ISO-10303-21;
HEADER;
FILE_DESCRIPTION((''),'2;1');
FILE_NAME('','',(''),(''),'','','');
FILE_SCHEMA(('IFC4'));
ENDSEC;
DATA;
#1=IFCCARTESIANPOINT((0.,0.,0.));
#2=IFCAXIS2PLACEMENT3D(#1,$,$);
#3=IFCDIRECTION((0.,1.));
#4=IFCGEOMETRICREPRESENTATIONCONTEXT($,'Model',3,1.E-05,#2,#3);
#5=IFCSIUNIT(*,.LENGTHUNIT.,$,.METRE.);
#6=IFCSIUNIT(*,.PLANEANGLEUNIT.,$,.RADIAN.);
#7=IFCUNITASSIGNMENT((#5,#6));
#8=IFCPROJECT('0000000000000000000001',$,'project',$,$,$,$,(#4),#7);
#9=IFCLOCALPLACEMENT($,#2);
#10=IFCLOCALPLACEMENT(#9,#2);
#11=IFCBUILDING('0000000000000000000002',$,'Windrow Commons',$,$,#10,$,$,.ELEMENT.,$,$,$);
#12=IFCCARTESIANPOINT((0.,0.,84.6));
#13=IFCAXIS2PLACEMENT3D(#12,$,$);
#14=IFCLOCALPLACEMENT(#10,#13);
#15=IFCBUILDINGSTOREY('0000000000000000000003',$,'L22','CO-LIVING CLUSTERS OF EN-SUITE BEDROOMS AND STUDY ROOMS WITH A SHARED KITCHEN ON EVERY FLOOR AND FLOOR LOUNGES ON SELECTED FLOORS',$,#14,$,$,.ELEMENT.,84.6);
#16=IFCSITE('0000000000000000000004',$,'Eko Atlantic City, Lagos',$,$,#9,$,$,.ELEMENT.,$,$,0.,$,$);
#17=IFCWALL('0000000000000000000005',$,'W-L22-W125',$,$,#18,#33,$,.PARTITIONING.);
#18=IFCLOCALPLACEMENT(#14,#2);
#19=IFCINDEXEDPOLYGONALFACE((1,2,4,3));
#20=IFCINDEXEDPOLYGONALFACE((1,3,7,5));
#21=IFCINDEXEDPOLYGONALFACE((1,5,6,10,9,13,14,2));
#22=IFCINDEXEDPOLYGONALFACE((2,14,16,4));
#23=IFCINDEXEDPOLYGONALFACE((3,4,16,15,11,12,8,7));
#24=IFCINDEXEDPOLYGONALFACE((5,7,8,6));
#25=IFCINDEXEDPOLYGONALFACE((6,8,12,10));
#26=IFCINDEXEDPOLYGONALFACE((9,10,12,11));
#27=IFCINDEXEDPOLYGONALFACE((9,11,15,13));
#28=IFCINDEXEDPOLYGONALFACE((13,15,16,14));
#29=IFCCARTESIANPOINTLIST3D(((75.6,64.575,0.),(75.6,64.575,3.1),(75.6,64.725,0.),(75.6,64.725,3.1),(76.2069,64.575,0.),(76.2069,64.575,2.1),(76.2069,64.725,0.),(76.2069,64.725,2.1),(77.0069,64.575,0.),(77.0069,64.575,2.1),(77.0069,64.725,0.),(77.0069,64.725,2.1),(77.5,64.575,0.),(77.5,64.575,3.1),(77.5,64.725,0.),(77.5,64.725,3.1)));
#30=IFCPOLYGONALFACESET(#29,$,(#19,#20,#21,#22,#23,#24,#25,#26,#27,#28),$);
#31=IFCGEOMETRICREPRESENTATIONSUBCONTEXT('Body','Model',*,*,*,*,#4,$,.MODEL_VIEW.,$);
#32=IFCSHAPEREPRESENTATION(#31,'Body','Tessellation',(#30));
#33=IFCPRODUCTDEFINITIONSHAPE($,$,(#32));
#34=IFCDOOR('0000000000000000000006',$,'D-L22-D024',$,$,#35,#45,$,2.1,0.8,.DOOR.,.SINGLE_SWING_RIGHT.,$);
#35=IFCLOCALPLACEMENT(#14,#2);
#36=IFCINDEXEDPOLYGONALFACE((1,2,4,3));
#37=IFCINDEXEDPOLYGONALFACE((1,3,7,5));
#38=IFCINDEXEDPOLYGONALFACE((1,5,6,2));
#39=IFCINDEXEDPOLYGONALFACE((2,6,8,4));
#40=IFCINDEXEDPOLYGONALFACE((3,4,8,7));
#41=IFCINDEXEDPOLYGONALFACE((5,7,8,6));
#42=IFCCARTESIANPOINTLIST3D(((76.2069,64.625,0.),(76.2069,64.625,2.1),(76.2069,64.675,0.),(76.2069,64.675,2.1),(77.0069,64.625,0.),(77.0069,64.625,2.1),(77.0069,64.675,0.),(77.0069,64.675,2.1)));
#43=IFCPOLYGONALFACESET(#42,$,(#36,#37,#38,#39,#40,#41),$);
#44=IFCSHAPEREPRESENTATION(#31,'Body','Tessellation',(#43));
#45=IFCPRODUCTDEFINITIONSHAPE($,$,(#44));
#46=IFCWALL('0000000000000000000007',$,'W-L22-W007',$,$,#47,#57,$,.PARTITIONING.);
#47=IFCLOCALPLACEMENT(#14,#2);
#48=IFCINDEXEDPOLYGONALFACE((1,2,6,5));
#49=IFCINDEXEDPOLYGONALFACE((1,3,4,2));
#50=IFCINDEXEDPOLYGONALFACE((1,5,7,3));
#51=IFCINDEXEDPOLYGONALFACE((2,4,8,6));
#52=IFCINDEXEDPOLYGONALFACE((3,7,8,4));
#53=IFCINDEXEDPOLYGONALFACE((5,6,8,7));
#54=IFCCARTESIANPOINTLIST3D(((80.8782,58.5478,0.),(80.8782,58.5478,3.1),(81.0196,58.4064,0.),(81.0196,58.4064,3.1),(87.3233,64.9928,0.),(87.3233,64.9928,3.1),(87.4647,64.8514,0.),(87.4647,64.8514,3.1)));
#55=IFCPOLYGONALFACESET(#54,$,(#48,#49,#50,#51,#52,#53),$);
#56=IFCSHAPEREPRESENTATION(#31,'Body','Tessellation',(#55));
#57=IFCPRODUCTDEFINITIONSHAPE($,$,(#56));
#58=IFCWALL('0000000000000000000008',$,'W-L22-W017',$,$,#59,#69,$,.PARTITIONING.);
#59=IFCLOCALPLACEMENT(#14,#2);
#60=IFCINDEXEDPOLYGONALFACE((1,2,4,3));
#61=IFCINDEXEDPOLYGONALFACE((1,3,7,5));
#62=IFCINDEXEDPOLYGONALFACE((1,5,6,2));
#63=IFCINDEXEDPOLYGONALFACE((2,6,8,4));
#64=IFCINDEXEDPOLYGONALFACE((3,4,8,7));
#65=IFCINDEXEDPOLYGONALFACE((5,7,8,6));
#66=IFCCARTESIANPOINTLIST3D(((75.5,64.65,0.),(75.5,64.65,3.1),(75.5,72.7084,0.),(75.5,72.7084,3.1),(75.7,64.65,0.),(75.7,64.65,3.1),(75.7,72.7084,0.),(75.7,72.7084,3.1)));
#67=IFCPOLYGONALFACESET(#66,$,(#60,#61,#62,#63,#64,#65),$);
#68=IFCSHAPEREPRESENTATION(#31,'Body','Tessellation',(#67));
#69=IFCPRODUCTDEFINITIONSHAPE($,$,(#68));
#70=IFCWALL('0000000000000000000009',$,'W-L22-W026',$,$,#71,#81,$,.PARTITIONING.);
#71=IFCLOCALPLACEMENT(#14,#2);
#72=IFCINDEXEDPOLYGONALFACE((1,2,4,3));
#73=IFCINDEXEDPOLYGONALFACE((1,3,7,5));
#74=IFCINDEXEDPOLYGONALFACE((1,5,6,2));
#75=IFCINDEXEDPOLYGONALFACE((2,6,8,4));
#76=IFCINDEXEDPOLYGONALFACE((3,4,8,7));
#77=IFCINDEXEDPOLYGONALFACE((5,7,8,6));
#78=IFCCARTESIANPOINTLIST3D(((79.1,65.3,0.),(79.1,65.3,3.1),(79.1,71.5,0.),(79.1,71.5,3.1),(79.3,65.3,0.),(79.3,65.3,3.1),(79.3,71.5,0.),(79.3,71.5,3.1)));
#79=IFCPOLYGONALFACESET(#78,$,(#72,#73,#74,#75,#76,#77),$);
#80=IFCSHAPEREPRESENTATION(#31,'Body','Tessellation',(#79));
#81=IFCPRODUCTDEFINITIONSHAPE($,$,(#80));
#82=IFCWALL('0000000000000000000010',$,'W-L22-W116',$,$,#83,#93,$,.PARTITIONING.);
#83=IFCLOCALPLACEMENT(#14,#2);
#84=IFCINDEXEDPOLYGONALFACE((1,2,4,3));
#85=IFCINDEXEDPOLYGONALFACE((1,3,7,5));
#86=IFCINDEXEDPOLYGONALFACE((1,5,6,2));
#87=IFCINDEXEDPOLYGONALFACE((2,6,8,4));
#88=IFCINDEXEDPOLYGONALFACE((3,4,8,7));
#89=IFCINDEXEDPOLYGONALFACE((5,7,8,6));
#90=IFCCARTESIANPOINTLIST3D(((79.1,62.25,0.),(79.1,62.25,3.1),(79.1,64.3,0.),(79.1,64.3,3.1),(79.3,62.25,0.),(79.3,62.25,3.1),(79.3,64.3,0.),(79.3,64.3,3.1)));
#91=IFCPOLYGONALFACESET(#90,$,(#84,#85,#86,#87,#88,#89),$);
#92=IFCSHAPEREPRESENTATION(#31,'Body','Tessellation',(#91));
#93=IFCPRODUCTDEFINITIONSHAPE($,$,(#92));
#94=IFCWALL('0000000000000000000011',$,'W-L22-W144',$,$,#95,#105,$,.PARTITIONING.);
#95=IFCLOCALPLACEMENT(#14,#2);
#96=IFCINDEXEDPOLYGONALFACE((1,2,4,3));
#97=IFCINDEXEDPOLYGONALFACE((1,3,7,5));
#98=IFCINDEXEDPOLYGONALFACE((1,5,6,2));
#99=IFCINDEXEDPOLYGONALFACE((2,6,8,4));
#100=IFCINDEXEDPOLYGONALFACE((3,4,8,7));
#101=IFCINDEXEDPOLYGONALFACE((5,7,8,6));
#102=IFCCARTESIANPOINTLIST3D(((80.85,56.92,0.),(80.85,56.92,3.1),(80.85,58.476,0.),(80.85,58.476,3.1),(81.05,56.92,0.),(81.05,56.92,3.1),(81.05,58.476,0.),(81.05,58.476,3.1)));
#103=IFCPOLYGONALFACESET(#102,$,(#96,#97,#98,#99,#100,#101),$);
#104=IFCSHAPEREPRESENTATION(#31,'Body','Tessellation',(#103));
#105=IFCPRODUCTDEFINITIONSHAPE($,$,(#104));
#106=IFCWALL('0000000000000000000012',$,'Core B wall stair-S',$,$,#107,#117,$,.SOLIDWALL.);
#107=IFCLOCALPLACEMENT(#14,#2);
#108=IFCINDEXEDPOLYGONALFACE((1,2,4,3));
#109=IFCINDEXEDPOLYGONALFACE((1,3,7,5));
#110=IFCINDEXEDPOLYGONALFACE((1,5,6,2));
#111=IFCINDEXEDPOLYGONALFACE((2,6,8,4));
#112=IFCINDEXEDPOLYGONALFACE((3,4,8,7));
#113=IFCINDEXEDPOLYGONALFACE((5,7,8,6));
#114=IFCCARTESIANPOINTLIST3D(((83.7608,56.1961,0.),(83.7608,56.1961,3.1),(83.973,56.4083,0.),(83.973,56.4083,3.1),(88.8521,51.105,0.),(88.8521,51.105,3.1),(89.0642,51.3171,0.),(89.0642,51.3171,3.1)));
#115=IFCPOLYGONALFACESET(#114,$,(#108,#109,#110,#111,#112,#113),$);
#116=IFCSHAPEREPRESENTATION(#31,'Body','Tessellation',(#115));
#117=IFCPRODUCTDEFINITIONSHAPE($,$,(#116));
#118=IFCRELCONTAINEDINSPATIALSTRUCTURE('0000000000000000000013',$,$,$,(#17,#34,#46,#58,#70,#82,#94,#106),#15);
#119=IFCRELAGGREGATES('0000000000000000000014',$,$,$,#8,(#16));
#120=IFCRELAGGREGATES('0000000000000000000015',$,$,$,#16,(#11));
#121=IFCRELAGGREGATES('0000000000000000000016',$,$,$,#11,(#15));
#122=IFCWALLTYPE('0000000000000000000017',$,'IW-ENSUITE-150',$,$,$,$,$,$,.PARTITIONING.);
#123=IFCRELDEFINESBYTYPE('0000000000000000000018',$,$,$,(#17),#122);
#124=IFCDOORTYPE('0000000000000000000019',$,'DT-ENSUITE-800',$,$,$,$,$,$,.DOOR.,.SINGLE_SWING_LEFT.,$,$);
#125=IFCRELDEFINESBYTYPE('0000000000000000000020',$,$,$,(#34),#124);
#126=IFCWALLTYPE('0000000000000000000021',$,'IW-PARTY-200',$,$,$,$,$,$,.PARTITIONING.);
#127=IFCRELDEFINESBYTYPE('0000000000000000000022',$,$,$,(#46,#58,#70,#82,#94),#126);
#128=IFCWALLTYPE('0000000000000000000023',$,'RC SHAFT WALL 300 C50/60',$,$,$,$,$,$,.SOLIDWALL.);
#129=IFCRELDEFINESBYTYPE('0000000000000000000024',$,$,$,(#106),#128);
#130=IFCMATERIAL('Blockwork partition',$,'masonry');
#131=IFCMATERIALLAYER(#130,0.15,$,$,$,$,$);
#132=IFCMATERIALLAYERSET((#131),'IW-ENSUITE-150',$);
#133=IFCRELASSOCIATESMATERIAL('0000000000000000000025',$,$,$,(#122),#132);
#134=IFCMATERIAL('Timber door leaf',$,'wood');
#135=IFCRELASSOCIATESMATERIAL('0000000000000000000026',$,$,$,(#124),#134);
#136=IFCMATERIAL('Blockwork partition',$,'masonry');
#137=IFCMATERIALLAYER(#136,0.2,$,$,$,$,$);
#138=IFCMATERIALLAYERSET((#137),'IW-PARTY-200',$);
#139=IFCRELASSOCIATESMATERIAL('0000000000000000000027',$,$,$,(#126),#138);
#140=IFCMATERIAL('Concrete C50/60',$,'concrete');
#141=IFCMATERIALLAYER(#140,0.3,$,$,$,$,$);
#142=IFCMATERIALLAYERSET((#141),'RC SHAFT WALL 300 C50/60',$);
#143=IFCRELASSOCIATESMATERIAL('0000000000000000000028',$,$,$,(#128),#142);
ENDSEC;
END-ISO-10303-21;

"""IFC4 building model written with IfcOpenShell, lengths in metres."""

from ifc_helpers import new_model, si_unit, direction, frame, frame_2d, origin, place, context, subcontext, project, spatial, rectangle, extrude, material, layer, layer_set, type_object, element, fill, save


model = new_model("IFC4")

# Units and contexts
model_context = context("Model", 3, precision=1e-05, world=origin(), true_north=direction((0.0, 1.0)))
body_context = subcontext(model_context, "Body", "Model", "MODEL_VIEW")
ifc_project = project(units=[si_unit("LENGTHUNIT", "METRE"), si_unit("PLANEANGLEUNIT", "RADIAN")], contexts=[model_context])

# Site, building, storey
site_placement = place(None, origin())
site = spatial("IfcSite", under=ifc_project, at=site_placement, Name="Eko Atlantic City, Lagos", CompositionType="ELEMENT", RefElevation=0.0)
building_placement = place(site_placement, origin())
building = spatial("IfcBuilding", under=site, at=building_placement, Name="Windrow Commons", CompositionType="ELEMENT")
storey_placement = place(building_placement, frame((0.0, 0.0, 84.6)))
storey = spatial("IfcBuildingStorey", under=building, at=storey_placement, Name="L22", Description="CO-LIVING CLUSTERS OF EN-SUITE BEDROOMS AND STUDY ROOMS WITH A SHARED KITCHEN ON EVERY FLOOR AND FLOOR LOUNGES ON SELECTED FLOORS", CompositionType="ELEMENT", Elevation=84.6)

# Shared definitions
ifc_material_1 = material(Name="Blockwork partition", Category="masonry")
ifc_layer_1 = layer(ifc_material_1, 0.15)
ifc_layer_set_1 = layer_set([ifc_layer_1], Name="IW-ENSUITE-150")
wall_type_1 = type_object("IfcWallType", Name="IW-ENSUITE-150", PredefinedType="PARTITIONING", material=ifc_layer_set_1)

# Wall, opening, door
wall_1_placement = place(storey_placement, frame((75.6, 64.65, 0.0), z_axis=(0.0, 0.0, 1.0), x_axis=(1.0, 0.0, 0.0)))
wall_1 = element("IfcWall", 1, at=wall_1_placement, inside=storey, type_object=wall_type_1, Name="W-L22-W125", PredefinedType="PARTITIONING", context=body_context, shape_type="SweptSolid", body=[
    extrude(rectangle(XDim=1.9, YDim=0.15, at=frame_2d((0.95, 0.0))), origin(), (0.0, 0.0, 1.0), 3.1),
])
opening_1_placement = place(wall_1_placement, frame((0.6069, 0.0, 0.0)))
opening_1 = element("IfcOpeningElement", 2, at=opening_1_placement, cuts=wall_1, PredefinedType="OPENING", context=body_context, shape_type="SweptSolid", body=[
    extrude(rectangle(XDim=0.8, YDim=2.1, at=frame_2d((0.4, 1.05))), frame((0.0, 0.085, 0.0), z_axis=(0.0, -1.0, 0.0), x_axis=(1.0, 0.0, 0.0)), (0.0, 0.0, 1.0), 0.17),
])
ifc_material_2 = material(Name="Timber door leaf", Category="wood")
door_type_1 = type_object("IfcDoorType", Name="DT-ENSUITE-800", OperationType="SINGLE_SWING_LEFT", PredefinedType="DOOR", material=ifc_material_2)
door_1_placement = place(opening_1_placement, origin())
door_1 = element("IfcDoor", 3, at=door_1_placement, inside=storey, type_object=door_type_1, Name="D-L22-D024", OperationType="SINGLE_SWING_RIGHT", OverallHeight=2.1, OverallWidth=0.8, PredefinedType="DOOR", context=body_context, shape_type="SweptSolid", body=[
    extrude(rectangle(XDim=0.8, YDim=2.1, at=frame_2d((0.4, 1.05))), frame((0.0, 0.025, 0.0), z_axis=(0.0, -1.0, 0.0), x_axis=(1.0, 0.0, 0.0)), (0.0, 0.0, 1.0), 0.05),
])
fill(opening_1, door_1)

# Walls
ifc_material_3 = material(Name="Blockwork partition", Category="masonry")
ifc_layer_2 = layer(ifc_material_3, 0.2)
ifc_layer_set_2 = layer_set([ifc_layer_2], Name="IW-PARTY-200")
wall_type_2 = type_object("IfcWallType", Name="IW-PARTY-200", PredefinedType="PARTITIONING", material=ifc_layer_set_2)
wall_2_placement = place(storey_placement, frame((80.9489, 58.4771, 0.0), z_axis=(0.0, 0.0, 1.0), x_axis=(0.707112, 0.707101, 0.0)))
element("IfcWall", 4, at=wall_2_placement, inside=storey, type_object=wall_type_2, Name="W-L22-W007", PredefinedType="PARTITIONING", context=body_context, shape_type="SweptSolid", body=[
    extrude(rectangle(XDim=9.1147, YDim=0.2, at=frame_2d((4.5573, 0.0))), origin(), (0.0, 0.0, 1.0), 3.1),
])
wall_3_placement = place(storey_placement, frame((75.6, 64.65, 0.0), z_axis=(0.0, 0.0, 1.0), x_axis=(0.0, 1.0, 0.0)))
element("IfcWall", 5, at=wall_3_placement, inside=storey, type_object=wall_type_2, Name="W-L22-W017", PredefinedType="PARTITIONING", context=body_context, shape_type="SweptSolid", body=[
    extrude(rectangle(XDim=8.0584, YDim=0.2, at=frame_2d((4.0292, 0.0))), origin(), (0.0, 0.0, 1.0), 3.1),
])
wall_4_placement = place(storey_placement, frame((79.2, 65.3, 0.0), z_axis=(0.0, 0.0, 1.0), x_axis=(0.0, 1.0, 0.0)))
element("IfcWall", 6, at=wall_4_placement, inside=storey, type_object=wall_type_2, Name="W-L22-W026", PredefinedType="PARTITIONING", context=body_context, shape_type="SweptSolid", body=[
    extrude(rectangle(XDim=6.2, YDim=0.2, at=frame_2d((3.1, 0.0))), origin(), (0.0, 0.0, 1.0), 3.1),
])
wall_5_placement = place(storey_placement, frame((79.2, 62.25, 0.0), z_axis=(0.0, 0.0, 1.0), x_axis=(0.0, 1.0, 0.0)))
element("IfcWall", 7, at=wall_5_placement, inside=storey, type_object=wall_type_2, Name="W-L22-W116", PredefinedType="PARTITIONING", context=body_context, shape_type="SweptSolid", body=[
    extrude(rectangle(XDim=2.05, YDim=0.2, at=frame_2d((1.025, 0.0))), origin(), (0.0, 0.0, 1.0), 3.1),
])
wall_6_placement = place(storey_placement, frame((80.95, 56.92, 0.0), z_axis=(0.0, 0.0, 1.0), x_axis=(0.0, 1.0, 0.0)))
element("IfcWall", 8, at=wall_6_placement, inside=storey, type_object=wall_type_2, Name="W-L22-W144", PredefinedType="PARTITIONING", context=body_context, shape_type="SweptSolid", body=[
    extrude(rectangle(XDim=1.556, YDim=0.2, at=frame_2d((0.778, 0.0))), origin(), (0.0, 0.0, 1.0), 3.1),
])
ifc_material_4 = material(Name="Concrete C50/60", Category="concrete")
ifc_layer_3 = layer(ifc_material_4, 0.3)
ifc_layer_set_3 = layer_set([ifc_layer_3], Name="RC SHAFT WALL 300 C50/60")
wall_type_3 = type_object("IfcWallType", Name="RC SHAFT WALL 300 C50/60", PredefinedType="SOLIDWALL", material=ifc_layer_set_3)
wall_7_placement = place(storey_placement, frame((83.8669, 56.3022, 0.0), z_axis=(0.0, 0.0, 1.0), x_axis=(0.707114, -0.7071, 0.0)))
element("IfcWall", 9, at=wall_7_placement, inside=storey, type_object=wall_type_3, Name="Core B wall stair-S", PredefinedType="SOLIDWALL", context=body_context, shape_type="SweptSolid", body=[
    extrude(rectangle(XDim=7.2, YDim=0.3, at=frame_2d((3.6, 0.0))), origin(), (0.0, 0.0, 1.0), 3.1),
])

save(model, "model.ifc")
